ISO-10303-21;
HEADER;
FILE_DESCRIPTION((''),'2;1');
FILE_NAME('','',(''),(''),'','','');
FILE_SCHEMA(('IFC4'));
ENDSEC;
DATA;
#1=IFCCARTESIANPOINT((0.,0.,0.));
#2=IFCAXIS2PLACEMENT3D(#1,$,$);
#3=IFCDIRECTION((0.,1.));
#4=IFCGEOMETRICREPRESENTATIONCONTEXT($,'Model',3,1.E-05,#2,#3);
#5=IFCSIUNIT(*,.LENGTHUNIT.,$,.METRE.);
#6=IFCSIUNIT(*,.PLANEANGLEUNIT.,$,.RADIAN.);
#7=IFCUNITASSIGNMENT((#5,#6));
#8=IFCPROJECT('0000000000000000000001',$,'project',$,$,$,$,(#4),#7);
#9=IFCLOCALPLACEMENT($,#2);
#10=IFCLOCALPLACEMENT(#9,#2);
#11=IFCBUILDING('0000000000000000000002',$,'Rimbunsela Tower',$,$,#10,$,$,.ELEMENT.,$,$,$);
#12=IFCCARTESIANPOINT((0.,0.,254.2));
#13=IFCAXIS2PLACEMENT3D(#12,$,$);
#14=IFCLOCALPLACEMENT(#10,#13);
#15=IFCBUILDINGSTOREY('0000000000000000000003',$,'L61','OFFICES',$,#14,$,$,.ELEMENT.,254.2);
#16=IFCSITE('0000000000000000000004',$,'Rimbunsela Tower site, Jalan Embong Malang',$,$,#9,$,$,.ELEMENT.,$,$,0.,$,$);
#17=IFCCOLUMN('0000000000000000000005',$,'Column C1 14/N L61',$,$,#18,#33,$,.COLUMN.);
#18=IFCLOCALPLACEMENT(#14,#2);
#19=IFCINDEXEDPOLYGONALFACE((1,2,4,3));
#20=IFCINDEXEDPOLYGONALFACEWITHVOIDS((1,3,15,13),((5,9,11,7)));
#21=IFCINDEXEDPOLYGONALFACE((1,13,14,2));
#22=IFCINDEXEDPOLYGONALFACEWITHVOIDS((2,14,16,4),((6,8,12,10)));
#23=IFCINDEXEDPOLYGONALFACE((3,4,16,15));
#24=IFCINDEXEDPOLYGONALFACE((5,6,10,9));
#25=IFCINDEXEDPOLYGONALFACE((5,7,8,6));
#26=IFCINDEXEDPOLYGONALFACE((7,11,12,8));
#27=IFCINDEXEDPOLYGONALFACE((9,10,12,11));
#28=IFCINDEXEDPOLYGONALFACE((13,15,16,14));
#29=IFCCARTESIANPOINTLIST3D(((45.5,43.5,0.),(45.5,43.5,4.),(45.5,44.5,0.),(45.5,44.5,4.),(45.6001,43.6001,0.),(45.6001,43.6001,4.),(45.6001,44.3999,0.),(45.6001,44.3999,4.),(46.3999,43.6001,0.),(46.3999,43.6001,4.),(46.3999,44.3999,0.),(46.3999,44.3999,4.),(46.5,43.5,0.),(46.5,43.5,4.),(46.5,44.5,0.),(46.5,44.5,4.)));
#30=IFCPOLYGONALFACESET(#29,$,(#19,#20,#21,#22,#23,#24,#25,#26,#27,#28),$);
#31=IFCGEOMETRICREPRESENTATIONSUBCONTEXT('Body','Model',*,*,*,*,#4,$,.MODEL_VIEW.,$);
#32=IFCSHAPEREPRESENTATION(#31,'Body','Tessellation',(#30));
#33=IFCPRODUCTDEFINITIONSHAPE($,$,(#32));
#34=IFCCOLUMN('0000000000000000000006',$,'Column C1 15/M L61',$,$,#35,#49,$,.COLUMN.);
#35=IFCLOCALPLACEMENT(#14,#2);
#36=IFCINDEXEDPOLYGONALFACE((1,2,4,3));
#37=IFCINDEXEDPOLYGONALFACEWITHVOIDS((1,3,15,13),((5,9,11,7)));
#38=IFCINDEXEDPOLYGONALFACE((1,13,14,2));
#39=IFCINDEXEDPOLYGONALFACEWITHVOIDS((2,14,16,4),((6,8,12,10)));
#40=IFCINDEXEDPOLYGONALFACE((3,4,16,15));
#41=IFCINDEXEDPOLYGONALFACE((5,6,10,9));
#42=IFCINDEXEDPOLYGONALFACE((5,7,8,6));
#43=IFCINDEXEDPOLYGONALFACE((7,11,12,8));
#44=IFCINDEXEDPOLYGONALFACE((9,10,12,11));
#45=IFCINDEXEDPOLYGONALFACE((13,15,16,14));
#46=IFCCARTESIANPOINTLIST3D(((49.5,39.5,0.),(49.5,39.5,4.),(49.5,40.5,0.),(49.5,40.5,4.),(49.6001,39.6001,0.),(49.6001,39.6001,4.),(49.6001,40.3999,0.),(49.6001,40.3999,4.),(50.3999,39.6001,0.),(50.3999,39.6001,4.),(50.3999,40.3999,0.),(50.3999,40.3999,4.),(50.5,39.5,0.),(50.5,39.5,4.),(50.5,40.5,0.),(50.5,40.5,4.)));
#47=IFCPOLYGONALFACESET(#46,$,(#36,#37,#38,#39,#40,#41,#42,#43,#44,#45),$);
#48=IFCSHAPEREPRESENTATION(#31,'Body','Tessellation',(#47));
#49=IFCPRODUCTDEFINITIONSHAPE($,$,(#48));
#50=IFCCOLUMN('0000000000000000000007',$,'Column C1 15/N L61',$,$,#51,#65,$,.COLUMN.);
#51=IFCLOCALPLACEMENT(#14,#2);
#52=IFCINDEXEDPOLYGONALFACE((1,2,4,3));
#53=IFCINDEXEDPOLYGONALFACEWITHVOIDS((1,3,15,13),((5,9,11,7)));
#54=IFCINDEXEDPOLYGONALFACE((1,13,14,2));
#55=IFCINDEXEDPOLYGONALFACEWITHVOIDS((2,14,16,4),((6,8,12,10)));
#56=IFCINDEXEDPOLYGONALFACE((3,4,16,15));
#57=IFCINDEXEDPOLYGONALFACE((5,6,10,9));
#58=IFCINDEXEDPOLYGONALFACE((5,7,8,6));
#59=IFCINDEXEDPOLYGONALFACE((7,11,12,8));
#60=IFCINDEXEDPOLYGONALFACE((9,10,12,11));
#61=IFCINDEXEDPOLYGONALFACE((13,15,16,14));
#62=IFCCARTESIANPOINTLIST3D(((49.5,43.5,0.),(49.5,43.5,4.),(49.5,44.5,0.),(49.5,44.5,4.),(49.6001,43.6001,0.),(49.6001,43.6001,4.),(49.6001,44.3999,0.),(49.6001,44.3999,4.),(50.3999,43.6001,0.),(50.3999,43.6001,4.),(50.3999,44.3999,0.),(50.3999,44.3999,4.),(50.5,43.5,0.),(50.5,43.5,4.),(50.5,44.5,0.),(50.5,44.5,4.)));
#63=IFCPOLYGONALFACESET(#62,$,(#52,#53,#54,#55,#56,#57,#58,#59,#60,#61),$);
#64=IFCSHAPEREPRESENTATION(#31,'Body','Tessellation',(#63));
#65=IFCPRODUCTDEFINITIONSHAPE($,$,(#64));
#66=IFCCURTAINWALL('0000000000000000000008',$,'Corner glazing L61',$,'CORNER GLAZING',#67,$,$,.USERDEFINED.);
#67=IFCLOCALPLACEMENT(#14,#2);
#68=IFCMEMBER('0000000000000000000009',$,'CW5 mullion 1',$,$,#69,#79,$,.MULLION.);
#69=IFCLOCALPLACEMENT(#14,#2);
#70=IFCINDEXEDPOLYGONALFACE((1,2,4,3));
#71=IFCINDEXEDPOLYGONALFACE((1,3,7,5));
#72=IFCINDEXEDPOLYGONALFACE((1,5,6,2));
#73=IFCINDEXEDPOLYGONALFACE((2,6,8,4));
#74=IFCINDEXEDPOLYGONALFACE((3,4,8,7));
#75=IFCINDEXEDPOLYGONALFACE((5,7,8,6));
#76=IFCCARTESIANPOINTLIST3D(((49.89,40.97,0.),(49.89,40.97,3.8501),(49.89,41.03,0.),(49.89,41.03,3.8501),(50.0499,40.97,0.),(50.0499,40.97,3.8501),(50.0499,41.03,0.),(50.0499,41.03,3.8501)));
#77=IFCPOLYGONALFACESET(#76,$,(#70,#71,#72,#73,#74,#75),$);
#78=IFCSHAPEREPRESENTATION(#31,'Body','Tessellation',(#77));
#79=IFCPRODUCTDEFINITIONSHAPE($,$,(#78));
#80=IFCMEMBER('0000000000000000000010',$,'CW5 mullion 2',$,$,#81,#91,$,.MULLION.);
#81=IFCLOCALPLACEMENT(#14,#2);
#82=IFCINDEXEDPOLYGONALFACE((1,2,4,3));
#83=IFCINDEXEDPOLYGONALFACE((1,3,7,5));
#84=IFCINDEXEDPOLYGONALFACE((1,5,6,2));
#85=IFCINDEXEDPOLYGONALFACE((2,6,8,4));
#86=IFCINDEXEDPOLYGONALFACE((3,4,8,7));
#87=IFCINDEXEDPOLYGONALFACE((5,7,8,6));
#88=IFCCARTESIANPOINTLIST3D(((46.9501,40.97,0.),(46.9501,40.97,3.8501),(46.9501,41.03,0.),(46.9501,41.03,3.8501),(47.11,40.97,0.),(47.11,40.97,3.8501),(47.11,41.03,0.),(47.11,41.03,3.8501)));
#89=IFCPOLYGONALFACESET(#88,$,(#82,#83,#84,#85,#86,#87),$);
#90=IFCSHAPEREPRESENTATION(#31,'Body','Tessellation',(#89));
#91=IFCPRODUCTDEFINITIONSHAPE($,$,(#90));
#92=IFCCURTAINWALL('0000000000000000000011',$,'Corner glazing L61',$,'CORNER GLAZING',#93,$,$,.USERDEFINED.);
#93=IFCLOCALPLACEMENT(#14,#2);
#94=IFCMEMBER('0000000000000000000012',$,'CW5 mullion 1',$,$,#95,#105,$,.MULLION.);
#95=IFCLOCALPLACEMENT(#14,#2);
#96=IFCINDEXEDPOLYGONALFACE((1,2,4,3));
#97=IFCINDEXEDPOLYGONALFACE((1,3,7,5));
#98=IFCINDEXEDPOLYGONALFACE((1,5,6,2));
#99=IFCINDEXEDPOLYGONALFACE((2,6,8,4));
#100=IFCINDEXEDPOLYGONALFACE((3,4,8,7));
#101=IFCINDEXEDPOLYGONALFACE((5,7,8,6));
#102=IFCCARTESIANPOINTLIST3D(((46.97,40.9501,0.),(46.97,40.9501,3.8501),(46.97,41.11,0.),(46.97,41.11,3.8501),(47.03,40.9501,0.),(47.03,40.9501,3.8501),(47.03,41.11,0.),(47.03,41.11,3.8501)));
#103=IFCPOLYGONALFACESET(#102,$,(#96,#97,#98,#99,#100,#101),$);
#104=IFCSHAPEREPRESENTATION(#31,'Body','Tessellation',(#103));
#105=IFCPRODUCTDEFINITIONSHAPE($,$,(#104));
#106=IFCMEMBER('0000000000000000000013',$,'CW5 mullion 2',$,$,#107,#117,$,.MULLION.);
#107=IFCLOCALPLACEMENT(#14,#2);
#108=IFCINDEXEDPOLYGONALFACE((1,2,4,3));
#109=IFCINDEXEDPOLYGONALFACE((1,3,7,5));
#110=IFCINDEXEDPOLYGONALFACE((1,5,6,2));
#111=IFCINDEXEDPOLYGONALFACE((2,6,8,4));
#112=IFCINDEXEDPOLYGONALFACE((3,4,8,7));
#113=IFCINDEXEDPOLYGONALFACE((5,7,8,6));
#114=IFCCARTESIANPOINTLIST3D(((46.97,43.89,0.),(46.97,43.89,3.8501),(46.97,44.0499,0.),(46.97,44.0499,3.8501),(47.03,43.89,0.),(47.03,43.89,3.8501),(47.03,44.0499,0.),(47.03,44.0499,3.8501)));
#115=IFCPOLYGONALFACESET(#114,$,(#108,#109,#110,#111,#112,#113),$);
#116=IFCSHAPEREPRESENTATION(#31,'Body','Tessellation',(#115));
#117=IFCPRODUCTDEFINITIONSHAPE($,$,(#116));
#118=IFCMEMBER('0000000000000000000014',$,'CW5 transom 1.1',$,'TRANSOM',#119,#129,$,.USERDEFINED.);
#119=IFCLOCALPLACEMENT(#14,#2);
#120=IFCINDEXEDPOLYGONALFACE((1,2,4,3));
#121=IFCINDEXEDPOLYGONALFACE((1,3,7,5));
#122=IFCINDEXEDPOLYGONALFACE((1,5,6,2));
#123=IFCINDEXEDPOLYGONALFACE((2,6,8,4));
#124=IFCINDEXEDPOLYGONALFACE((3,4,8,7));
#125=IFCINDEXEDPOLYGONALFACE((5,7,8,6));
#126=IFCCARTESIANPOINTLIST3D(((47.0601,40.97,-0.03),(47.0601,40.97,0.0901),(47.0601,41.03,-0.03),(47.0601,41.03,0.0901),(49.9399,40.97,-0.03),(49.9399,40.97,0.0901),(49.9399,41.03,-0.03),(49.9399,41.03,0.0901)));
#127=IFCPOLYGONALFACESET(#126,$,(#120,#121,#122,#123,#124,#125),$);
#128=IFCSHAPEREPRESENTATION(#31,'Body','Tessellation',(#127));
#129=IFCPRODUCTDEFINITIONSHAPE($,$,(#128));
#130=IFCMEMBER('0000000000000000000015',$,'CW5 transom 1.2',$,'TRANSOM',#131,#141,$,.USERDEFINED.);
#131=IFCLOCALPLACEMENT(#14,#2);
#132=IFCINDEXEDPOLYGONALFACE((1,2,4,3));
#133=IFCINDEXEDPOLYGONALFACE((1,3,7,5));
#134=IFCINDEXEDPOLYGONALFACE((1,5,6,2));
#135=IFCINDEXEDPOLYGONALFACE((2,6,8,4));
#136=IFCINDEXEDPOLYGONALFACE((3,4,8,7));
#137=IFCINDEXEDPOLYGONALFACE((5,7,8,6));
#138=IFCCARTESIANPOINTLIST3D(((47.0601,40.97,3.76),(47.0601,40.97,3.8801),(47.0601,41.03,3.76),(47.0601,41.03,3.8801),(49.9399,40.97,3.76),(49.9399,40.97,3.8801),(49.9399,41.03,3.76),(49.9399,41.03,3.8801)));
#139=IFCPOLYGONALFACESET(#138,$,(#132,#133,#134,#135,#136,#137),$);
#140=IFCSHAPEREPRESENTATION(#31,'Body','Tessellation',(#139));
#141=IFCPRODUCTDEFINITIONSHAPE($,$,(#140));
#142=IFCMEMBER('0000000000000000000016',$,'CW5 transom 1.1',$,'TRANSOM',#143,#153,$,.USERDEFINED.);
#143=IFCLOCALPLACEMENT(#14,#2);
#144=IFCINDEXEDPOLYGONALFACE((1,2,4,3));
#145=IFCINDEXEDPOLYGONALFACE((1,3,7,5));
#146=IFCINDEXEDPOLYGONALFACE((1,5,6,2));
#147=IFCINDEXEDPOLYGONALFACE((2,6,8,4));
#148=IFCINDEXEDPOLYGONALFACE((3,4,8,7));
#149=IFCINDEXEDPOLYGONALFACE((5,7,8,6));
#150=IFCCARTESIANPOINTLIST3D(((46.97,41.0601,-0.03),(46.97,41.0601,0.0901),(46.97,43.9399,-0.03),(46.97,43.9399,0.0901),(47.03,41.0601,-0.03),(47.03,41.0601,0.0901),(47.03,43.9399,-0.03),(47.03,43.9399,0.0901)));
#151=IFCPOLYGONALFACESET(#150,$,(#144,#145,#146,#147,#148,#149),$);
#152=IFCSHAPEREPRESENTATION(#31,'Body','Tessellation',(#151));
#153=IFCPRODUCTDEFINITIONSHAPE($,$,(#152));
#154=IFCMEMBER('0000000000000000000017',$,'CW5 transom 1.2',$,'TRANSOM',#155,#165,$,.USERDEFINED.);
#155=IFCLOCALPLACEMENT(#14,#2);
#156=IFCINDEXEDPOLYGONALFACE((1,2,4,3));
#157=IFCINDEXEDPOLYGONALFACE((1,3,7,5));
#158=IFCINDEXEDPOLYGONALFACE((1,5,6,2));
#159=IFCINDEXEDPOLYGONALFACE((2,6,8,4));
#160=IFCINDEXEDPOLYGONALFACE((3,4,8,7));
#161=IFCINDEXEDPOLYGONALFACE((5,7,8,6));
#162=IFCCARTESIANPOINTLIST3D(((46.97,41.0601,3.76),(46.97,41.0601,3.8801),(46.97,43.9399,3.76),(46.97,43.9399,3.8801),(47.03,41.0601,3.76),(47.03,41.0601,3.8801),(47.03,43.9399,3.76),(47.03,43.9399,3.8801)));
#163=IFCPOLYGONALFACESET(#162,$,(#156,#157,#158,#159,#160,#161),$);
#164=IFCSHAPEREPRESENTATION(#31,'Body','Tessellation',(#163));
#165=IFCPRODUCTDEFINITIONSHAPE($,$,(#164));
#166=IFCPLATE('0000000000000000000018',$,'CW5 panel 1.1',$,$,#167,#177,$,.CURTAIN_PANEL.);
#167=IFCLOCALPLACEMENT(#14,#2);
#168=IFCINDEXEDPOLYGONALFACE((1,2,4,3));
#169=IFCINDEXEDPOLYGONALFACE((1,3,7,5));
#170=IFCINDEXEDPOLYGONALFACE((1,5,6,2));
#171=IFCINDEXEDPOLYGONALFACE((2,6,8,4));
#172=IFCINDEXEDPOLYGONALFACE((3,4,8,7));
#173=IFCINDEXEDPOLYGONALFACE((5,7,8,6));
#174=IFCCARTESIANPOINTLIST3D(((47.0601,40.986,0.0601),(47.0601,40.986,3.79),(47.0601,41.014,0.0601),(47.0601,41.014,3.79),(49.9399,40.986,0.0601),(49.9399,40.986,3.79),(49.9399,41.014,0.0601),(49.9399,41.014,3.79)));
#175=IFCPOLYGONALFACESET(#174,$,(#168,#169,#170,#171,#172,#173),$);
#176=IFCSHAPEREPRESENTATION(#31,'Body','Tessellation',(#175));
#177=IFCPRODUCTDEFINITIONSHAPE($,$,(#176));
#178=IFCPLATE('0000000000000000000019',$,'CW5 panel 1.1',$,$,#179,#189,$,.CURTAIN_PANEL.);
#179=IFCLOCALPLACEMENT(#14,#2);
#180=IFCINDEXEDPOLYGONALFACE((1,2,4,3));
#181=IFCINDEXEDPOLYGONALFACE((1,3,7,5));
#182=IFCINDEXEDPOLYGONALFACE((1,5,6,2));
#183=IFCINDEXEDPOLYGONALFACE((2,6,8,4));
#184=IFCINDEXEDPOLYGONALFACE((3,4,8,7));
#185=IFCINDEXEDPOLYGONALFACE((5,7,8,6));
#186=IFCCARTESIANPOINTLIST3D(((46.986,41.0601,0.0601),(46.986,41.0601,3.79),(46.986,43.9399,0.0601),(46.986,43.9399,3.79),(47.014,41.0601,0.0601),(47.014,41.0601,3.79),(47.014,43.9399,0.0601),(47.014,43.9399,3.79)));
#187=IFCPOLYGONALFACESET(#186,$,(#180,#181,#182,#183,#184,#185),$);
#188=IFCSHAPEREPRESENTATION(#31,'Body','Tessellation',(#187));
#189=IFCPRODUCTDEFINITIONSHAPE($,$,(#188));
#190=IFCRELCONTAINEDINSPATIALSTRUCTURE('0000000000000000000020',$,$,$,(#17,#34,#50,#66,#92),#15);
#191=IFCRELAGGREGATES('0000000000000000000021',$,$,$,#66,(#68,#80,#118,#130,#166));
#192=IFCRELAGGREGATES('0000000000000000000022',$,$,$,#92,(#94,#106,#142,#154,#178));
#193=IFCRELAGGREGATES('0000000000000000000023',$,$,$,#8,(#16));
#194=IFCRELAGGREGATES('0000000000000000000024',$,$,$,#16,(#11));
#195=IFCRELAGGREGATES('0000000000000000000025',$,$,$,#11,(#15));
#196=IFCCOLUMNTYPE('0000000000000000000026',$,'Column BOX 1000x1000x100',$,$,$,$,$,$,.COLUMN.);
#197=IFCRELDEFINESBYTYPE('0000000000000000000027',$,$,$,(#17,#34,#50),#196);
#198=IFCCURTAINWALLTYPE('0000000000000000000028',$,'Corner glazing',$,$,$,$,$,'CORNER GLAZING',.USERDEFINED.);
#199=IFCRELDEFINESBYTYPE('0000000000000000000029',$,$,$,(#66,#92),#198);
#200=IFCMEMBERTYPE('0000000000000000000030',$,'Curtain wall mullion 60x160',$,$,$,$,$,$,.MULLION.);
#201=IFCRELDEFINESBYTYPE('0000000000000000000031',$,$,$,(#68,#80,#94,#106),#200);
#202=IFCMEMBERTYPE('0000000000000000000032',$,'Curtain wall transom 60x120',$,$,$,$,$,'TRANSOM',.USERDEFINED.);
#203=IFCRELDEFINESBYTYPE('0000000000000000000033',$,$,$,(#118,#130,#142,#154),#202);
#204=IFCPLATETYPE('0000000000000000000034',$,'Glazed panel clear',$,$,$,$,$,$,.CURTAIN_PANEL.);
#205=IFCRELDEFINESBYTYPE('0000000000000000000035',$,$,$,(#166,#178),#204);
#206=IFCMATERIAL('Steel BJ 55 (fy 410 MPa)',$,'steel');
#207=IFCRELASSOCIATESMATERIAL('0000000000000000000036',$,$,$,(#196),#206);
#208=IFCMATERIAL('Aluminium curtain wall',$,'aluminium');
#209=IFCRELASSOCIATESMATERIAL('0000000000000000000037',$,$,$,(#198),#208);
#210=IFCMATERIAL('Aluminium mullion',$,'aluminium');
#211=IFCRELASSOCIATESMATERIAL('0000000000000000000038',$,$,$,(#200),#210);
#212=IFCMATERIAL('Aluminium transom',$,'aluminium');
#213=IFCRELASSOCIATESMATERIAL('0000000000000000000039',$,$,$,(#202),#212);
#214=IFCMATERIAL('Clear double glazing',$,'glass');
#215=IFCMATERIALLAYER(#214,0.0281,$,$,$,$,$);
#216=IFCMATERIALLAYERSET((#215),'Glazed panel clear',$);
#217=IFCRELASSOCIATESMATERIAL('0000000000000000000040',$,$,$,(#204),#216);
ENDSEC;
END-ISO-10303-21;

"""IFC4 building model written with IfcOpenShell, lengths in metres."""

from ifc_helpers import new_model, si_unit, direction, frame, origin, origin_2d, place, context, subcontext, project, spatial, rectangle, hollow_rectangle, extrude, material, layer, layer_set, material_profile, profile_set, type_object, element, aggregate, save


model = new_model("IFC4")

# Units and contexts
model_context = context("Model", 3, precision=1e-05, world=origin(), true_north=direction((0.0, 1.0)))
body_context = subcontext(model_context, "Body", "Model", "MODEL_VIEW")
ifc_project = project(units=[si_unit("LENGTHUNIT", "METRE"), si_unit("PLANEANGLEUNIT", "RADIAN")], contexts=[model_context])

# Site, building, storey
site_placement = place(None, origin())
site = spatial("IfcSite", under=ifc_project, at=site_placement, Name="Rimbunsela Tower site, Jalan Embong Malang", CompositionType="ELEMENT", RefElevation=0.0)
building_placement = place(site_placement, origin())
building = spatial("IfcBuilding", under=site, at=building_placement, Name="Rimbunsela Tower", CompositionType="ELEMENT")
storey_placement = place(building_placement, frame((0.0, 0.0, 254.2)))
storey = spatial("IfcBuildingStorey", under=building, at=storey_placement, Name="L61", Description="OFFICES", CompositionType="ELEMENT", Elevation=254.2)

# Columns
ifc_material_1 = material(Name="Steel BJ 55 (fy 410 MPa)", Category="steel")
ifc_material_profile_1 = material_profile(ifc_material_1, hollow_rectangle(XDim=1.0, YDim=1.0, WallThickness=0.1001, at=origin_2d()), Name="BOX 1000x1000x100")
ifc_profile_set_1 = profile_set([ifc_material_profile_1], Name="Steel BJ 55 (fy 410 MPa)")
column_type = type_object("IfcColumnType", Name="Column BOX 1000x1000x100", PredefinedType="COLUMN", material=ifc_profile_set_1)
for number, where, z_axis, x_axis, name in (
    (1, (46.0, 44.0, 0.0), (0.0, 0.0, 1.0), (1.0, 0.0, 0.0), "Column C1 14/N L61"),
    (2, (50.0, 40.0, 0.0), (0.0, 0.0, 1.0), (1.0, 0.0, 0.0), "Column C1 15/M L61"),
    (3, (50.0, 44.0, 0.0), (0.0, 0.0, 1.0), (1.0, 0.0, 0.0), "Column C1 15/N L61"),
):
    element("IfcColumn", number, at=place(storey_placement, frame(where, z_axis=z_axis, x_axis=x_axis)), inside=storey, type_object=column_type, Name=name, PredefinedType="COLUMN", context=body_context, shape_type="SweptSolid", body=[
        extrude(hollow_rectangle(XDim=1.0, YDim=1.0, WallThickness=0.1001, at=origin_2d()), origin(), (0.0, 0.0, 1.0), 4.0),
    ])

# Curtain walls, members
ifc_material_2 = material(Name="Aluminium curtain wall", Category="aluminium")
curtain_wall_type = type_object("IfcCurtainWallType", Name="Corner glazing", ElementType="CORNER GLAZING", PredefinedType="USERDEFINED", material=ifc_material_2)
curtain_wall_1_placement = place(storey_placement, origin())
curtain_wall_1 = element("IfcCurtainWall", 4, at=curtain_wall_1_placement, inside=storey, type_object=curtain_wall_type, Name="Corner glazing L61", ObjectType="CORNER GLAZING", PredefinedType="USERDEFINED")
ifc_material_3 = material(Name="Aluminium mullion", Category="aluminium")
ifc_material_profile_2 = material_profile(ifc_material_3, rectangle(XDim=0.0601, YDim=0.1599, at=origin_2d()), Name="Mullion 60x160")
ifc_profile_set_2 = profile_set([ifc_material_profile_2], Name="Aluminium mullion")
member_type_1 = type_object("IfcMemberType", Name="Curtain wall mullion 60x160", PredefinedType="MULLION", material=ifc_profile_set_2)
member_1_placement = place(storey_placement, frame((49.97, 41.0, 0.0), z_axis=(0.0, 0.0, 1.0), x_axis=(0.0, -1.0, 0.0)))
member_1 = element("IfcMember", 5, at=member_1_placement, type_object=member_type_1, Name="CW5 mullion 1", PredefinedType="MULLION", context=body_context, shape_type="SweptSolid", body=[
    extrude(rectangle(XDim=0.0601, YDim=0.1599, at=origin_2d()), origin(), (0.0, 0.0, 1.0), 3.8501),
])
member_2_placement = place(storey_placement, frame((47.03, 41.0, 0.0), z_axis=(0.0, 0.0, 1.0), x_axis=(0.0, -1.0, 0.0)))
member_2 = element("IfcMember", 6, at=member_2_placement, type_object=member_type_1, Name="CW5 mullion 2", PredefinedType="MULLION", context=body_context, shape_type="SweptSolid", body=[
    extrude(rectangle(XDim=0.0601, YDim=0.1599, at=origin_2d()), origin(), (0.0, 0.0, 1.0), 3.8501),
])
curtain_wall_2_placement = place(storey_placement, origin())
curtain_wall_2 = element("IfcCurtainWall", 7, at=curtain_wall_2_placement, inside=storey, type_object=curtain_wall_type, Name="Corner glazing L61", ObjectType="CORNER GLAZING", PredefinedType="USERDEFINED")
member_3_placement = place(storey_placement, frame((47.0, 41.03, 0.0), z_axis=(0.0, 0.0, 1.0), x_axis=(-1.0, 0.0, 0.0)))
member_3 = element("IfcMember", 8, at=member_3_placement, type_object=member_type_1, Name="CW5 mullion 1", PredefinedType="MULLION", context=body_context, shape_type="SweptSolid", body=[
    extrude(rectangle(XDim=0.0601, YDim=0.1599, at=origin_2d()), origin(), (0.0, 0.0, 1.0), 3.8501),
])
member_4_placement = place(storey_placement, frame((47.0, 43.97, 0.0), z_axis=(0.0, 0.0, 1.0), x_axis=(-1.0, 0.0, 0.0)))
member_4 = element("IfcMember", 9, at=member_4_placement, type_object=member_type_1, Name="CW5 mullion 2", PredefinedType="MULLION", context=body_context, shape_type="SweptSolid", body=[
    extrude(rectangle(XDim=0.0601, YDim=0.1599, at=origin_2d()), origin(), (0.0, 0.0, 1.0), 3.8501),
])

# Members
ifc_material_4 = material(Name="Aluminium transom", Category="aluminium")
ifc_material_profile_3 = material_profile(ifc_material_4, rectangle(XDim=0.0601, YDim=0.1201, at=origin_2d()), Name="Transom 60x120")
ifc_profile_set_3 = profile_set([ifc_material_profile_3], Name="Aluminium transom")
member_type_2 = type_object("IfcMemberType", Name="Curtain wall transom 60x120", ElementType="TRANSOM", PredefinedType="USERDEFINED", material=ifc_profile_set_3)
member_5_placement = place(storey_placement, frame((49.9399, 41.0, 0.03), z_axis=(-1.0, 0.0, 0.0), x_axis=(0.0, -1.0, 0.0)))
member_5 = element("IfcMember", 10, at=member_5_placement, type_object=member_type_2, Name="CW5 transom 1.1", ObjectType="TRANSOM", PredefinedType="USERDEFINED", context=body_context, shape_type="SweptSolid", body=[
    extrude(rectangle(XDim=0.0601, YDim=0.1201, at=origin_2d()), origin(), (0.0, 0.0, 1.0), 2.8799),
])
member_6_placement = place(storey_placement, frame((49.9399, 41.0, 3.8201), z_axis=(-1.0, 0.0, 0.0), x_axis=(0.0, -1.0, 0.0)))
member_6 = element("IfcMember", 11, at=member_6_placement, type_object=member_type_2, Name="CW5 transom 1.2", ObjectType="TRANSOM", PredefinedType="USERDEFINED", context=body_context, shape_type="SweptSolid", body=[
    extrude(rectangle(XDim=0.0601, YDim=0.1201, at=origin_2d()), origin(), (0.0, 0.0, 1.0), 2.8799),
])
member_7_placement = place(storey_placement, frame((47.0, 41.0601, 0.03), z_axis=(0.0, 1.0, 0.0), x_axis=(-1.0, 0.0, 0.0)))
member_7 = element("IfcMember", 12, at=member_7_placement, type_object=member_type_2, Name="CW5 transom 1.1", ObjectType="TRANSOM", PredefinedType="USERDEFINED", context=body_context, shape_type="SweptSolid", body=[
    extrude(rectangle(XDim=0.0601, YDim=0.1201, at=origin_2d()), origin(), (0.0, 0.0, 1.0), 2.8799),
])
member_8_placement = place(storey_placement, frame((47.0, 41.0601, 3.8201), z_axis=(0.0, 1.0, 0.0), x_axis=(-1.0, 0.0, 0.0)))
member_8 = element("IfcMember", 13, at=member_8_placement, type_object=member_type_2, Name="CW5 transom 1.2", ObjectType="TRANSOM", PredefinedType="USERDEFINED", context=body_context, shape_type="SweptSolid", body=[
    extrude(rectangle(XDim=0.0601, YDim=0.1201, at=origin_2d()), origin(), (0.0, 0.0, 1.0), 2.8799),
])

# Plates
ifc_material_5 = material(Name="Clear double glazing", Category="glass")
ifc_layer_1 = layer(ifc_material_5, 0.0281)
ifc_layer_set_1 = layer_set([ifc_layer_1], Name="Glazed panel clear")
plate_type = type_object("IfcPlateType", Name="Glazed panel clear", PredefinedType="CURTAIN_PANEL", material=ifc_layer_set_1)
plate_1_placement = place(storey_placement, frame((48.5, 41.0, 0.0601), z_axis=(0.0, 0.0, 1.0), x_axis=(-1.0, 0.0, 0.0)))
plate_1 = element("IfcPlate", 14, at=plate_1_placement, type_object=plate_type, Name="CW5 panel 1.1", PredefinedType="CURTAIN_PANEL", context=body_context, shape_type="SweptSolid", body=[
    extrude(rectangle(XDim=2.8799, YDim=0.0281, at=origin_2d()), origin(), (0.0, 0.0, 1.0), 3.73),
])
aggregate(curtain_wall_1, [member_1, member_2, member_5, member_6, plate_1])
plate_2_placement = place(storey_placement, frame((47.0, 42.5, 0.0601), z_axis=(0.0, 0.0, 1.0), x_axis=(0.0, 1.0, 0.0)))
plate_2 = element("IfcPlate", 15, at=plate_2_placement, type_object=plate_type, Name="CW5 panel 1.1", PredefinedType="CURTAIN_PANEL", context=body_context, shape_type="SweptSolid", body=[
    extrude(rectangle(XDim=2.8799, YDim=0.0281, at=origin_2d()), origin(), (0.0, 0.0, 1.0), 3.73),
])
aggregate(curtain_wall_2, [member_3, member_4, member_7, member_8, plate_2])

save(model, "model.ifc")
